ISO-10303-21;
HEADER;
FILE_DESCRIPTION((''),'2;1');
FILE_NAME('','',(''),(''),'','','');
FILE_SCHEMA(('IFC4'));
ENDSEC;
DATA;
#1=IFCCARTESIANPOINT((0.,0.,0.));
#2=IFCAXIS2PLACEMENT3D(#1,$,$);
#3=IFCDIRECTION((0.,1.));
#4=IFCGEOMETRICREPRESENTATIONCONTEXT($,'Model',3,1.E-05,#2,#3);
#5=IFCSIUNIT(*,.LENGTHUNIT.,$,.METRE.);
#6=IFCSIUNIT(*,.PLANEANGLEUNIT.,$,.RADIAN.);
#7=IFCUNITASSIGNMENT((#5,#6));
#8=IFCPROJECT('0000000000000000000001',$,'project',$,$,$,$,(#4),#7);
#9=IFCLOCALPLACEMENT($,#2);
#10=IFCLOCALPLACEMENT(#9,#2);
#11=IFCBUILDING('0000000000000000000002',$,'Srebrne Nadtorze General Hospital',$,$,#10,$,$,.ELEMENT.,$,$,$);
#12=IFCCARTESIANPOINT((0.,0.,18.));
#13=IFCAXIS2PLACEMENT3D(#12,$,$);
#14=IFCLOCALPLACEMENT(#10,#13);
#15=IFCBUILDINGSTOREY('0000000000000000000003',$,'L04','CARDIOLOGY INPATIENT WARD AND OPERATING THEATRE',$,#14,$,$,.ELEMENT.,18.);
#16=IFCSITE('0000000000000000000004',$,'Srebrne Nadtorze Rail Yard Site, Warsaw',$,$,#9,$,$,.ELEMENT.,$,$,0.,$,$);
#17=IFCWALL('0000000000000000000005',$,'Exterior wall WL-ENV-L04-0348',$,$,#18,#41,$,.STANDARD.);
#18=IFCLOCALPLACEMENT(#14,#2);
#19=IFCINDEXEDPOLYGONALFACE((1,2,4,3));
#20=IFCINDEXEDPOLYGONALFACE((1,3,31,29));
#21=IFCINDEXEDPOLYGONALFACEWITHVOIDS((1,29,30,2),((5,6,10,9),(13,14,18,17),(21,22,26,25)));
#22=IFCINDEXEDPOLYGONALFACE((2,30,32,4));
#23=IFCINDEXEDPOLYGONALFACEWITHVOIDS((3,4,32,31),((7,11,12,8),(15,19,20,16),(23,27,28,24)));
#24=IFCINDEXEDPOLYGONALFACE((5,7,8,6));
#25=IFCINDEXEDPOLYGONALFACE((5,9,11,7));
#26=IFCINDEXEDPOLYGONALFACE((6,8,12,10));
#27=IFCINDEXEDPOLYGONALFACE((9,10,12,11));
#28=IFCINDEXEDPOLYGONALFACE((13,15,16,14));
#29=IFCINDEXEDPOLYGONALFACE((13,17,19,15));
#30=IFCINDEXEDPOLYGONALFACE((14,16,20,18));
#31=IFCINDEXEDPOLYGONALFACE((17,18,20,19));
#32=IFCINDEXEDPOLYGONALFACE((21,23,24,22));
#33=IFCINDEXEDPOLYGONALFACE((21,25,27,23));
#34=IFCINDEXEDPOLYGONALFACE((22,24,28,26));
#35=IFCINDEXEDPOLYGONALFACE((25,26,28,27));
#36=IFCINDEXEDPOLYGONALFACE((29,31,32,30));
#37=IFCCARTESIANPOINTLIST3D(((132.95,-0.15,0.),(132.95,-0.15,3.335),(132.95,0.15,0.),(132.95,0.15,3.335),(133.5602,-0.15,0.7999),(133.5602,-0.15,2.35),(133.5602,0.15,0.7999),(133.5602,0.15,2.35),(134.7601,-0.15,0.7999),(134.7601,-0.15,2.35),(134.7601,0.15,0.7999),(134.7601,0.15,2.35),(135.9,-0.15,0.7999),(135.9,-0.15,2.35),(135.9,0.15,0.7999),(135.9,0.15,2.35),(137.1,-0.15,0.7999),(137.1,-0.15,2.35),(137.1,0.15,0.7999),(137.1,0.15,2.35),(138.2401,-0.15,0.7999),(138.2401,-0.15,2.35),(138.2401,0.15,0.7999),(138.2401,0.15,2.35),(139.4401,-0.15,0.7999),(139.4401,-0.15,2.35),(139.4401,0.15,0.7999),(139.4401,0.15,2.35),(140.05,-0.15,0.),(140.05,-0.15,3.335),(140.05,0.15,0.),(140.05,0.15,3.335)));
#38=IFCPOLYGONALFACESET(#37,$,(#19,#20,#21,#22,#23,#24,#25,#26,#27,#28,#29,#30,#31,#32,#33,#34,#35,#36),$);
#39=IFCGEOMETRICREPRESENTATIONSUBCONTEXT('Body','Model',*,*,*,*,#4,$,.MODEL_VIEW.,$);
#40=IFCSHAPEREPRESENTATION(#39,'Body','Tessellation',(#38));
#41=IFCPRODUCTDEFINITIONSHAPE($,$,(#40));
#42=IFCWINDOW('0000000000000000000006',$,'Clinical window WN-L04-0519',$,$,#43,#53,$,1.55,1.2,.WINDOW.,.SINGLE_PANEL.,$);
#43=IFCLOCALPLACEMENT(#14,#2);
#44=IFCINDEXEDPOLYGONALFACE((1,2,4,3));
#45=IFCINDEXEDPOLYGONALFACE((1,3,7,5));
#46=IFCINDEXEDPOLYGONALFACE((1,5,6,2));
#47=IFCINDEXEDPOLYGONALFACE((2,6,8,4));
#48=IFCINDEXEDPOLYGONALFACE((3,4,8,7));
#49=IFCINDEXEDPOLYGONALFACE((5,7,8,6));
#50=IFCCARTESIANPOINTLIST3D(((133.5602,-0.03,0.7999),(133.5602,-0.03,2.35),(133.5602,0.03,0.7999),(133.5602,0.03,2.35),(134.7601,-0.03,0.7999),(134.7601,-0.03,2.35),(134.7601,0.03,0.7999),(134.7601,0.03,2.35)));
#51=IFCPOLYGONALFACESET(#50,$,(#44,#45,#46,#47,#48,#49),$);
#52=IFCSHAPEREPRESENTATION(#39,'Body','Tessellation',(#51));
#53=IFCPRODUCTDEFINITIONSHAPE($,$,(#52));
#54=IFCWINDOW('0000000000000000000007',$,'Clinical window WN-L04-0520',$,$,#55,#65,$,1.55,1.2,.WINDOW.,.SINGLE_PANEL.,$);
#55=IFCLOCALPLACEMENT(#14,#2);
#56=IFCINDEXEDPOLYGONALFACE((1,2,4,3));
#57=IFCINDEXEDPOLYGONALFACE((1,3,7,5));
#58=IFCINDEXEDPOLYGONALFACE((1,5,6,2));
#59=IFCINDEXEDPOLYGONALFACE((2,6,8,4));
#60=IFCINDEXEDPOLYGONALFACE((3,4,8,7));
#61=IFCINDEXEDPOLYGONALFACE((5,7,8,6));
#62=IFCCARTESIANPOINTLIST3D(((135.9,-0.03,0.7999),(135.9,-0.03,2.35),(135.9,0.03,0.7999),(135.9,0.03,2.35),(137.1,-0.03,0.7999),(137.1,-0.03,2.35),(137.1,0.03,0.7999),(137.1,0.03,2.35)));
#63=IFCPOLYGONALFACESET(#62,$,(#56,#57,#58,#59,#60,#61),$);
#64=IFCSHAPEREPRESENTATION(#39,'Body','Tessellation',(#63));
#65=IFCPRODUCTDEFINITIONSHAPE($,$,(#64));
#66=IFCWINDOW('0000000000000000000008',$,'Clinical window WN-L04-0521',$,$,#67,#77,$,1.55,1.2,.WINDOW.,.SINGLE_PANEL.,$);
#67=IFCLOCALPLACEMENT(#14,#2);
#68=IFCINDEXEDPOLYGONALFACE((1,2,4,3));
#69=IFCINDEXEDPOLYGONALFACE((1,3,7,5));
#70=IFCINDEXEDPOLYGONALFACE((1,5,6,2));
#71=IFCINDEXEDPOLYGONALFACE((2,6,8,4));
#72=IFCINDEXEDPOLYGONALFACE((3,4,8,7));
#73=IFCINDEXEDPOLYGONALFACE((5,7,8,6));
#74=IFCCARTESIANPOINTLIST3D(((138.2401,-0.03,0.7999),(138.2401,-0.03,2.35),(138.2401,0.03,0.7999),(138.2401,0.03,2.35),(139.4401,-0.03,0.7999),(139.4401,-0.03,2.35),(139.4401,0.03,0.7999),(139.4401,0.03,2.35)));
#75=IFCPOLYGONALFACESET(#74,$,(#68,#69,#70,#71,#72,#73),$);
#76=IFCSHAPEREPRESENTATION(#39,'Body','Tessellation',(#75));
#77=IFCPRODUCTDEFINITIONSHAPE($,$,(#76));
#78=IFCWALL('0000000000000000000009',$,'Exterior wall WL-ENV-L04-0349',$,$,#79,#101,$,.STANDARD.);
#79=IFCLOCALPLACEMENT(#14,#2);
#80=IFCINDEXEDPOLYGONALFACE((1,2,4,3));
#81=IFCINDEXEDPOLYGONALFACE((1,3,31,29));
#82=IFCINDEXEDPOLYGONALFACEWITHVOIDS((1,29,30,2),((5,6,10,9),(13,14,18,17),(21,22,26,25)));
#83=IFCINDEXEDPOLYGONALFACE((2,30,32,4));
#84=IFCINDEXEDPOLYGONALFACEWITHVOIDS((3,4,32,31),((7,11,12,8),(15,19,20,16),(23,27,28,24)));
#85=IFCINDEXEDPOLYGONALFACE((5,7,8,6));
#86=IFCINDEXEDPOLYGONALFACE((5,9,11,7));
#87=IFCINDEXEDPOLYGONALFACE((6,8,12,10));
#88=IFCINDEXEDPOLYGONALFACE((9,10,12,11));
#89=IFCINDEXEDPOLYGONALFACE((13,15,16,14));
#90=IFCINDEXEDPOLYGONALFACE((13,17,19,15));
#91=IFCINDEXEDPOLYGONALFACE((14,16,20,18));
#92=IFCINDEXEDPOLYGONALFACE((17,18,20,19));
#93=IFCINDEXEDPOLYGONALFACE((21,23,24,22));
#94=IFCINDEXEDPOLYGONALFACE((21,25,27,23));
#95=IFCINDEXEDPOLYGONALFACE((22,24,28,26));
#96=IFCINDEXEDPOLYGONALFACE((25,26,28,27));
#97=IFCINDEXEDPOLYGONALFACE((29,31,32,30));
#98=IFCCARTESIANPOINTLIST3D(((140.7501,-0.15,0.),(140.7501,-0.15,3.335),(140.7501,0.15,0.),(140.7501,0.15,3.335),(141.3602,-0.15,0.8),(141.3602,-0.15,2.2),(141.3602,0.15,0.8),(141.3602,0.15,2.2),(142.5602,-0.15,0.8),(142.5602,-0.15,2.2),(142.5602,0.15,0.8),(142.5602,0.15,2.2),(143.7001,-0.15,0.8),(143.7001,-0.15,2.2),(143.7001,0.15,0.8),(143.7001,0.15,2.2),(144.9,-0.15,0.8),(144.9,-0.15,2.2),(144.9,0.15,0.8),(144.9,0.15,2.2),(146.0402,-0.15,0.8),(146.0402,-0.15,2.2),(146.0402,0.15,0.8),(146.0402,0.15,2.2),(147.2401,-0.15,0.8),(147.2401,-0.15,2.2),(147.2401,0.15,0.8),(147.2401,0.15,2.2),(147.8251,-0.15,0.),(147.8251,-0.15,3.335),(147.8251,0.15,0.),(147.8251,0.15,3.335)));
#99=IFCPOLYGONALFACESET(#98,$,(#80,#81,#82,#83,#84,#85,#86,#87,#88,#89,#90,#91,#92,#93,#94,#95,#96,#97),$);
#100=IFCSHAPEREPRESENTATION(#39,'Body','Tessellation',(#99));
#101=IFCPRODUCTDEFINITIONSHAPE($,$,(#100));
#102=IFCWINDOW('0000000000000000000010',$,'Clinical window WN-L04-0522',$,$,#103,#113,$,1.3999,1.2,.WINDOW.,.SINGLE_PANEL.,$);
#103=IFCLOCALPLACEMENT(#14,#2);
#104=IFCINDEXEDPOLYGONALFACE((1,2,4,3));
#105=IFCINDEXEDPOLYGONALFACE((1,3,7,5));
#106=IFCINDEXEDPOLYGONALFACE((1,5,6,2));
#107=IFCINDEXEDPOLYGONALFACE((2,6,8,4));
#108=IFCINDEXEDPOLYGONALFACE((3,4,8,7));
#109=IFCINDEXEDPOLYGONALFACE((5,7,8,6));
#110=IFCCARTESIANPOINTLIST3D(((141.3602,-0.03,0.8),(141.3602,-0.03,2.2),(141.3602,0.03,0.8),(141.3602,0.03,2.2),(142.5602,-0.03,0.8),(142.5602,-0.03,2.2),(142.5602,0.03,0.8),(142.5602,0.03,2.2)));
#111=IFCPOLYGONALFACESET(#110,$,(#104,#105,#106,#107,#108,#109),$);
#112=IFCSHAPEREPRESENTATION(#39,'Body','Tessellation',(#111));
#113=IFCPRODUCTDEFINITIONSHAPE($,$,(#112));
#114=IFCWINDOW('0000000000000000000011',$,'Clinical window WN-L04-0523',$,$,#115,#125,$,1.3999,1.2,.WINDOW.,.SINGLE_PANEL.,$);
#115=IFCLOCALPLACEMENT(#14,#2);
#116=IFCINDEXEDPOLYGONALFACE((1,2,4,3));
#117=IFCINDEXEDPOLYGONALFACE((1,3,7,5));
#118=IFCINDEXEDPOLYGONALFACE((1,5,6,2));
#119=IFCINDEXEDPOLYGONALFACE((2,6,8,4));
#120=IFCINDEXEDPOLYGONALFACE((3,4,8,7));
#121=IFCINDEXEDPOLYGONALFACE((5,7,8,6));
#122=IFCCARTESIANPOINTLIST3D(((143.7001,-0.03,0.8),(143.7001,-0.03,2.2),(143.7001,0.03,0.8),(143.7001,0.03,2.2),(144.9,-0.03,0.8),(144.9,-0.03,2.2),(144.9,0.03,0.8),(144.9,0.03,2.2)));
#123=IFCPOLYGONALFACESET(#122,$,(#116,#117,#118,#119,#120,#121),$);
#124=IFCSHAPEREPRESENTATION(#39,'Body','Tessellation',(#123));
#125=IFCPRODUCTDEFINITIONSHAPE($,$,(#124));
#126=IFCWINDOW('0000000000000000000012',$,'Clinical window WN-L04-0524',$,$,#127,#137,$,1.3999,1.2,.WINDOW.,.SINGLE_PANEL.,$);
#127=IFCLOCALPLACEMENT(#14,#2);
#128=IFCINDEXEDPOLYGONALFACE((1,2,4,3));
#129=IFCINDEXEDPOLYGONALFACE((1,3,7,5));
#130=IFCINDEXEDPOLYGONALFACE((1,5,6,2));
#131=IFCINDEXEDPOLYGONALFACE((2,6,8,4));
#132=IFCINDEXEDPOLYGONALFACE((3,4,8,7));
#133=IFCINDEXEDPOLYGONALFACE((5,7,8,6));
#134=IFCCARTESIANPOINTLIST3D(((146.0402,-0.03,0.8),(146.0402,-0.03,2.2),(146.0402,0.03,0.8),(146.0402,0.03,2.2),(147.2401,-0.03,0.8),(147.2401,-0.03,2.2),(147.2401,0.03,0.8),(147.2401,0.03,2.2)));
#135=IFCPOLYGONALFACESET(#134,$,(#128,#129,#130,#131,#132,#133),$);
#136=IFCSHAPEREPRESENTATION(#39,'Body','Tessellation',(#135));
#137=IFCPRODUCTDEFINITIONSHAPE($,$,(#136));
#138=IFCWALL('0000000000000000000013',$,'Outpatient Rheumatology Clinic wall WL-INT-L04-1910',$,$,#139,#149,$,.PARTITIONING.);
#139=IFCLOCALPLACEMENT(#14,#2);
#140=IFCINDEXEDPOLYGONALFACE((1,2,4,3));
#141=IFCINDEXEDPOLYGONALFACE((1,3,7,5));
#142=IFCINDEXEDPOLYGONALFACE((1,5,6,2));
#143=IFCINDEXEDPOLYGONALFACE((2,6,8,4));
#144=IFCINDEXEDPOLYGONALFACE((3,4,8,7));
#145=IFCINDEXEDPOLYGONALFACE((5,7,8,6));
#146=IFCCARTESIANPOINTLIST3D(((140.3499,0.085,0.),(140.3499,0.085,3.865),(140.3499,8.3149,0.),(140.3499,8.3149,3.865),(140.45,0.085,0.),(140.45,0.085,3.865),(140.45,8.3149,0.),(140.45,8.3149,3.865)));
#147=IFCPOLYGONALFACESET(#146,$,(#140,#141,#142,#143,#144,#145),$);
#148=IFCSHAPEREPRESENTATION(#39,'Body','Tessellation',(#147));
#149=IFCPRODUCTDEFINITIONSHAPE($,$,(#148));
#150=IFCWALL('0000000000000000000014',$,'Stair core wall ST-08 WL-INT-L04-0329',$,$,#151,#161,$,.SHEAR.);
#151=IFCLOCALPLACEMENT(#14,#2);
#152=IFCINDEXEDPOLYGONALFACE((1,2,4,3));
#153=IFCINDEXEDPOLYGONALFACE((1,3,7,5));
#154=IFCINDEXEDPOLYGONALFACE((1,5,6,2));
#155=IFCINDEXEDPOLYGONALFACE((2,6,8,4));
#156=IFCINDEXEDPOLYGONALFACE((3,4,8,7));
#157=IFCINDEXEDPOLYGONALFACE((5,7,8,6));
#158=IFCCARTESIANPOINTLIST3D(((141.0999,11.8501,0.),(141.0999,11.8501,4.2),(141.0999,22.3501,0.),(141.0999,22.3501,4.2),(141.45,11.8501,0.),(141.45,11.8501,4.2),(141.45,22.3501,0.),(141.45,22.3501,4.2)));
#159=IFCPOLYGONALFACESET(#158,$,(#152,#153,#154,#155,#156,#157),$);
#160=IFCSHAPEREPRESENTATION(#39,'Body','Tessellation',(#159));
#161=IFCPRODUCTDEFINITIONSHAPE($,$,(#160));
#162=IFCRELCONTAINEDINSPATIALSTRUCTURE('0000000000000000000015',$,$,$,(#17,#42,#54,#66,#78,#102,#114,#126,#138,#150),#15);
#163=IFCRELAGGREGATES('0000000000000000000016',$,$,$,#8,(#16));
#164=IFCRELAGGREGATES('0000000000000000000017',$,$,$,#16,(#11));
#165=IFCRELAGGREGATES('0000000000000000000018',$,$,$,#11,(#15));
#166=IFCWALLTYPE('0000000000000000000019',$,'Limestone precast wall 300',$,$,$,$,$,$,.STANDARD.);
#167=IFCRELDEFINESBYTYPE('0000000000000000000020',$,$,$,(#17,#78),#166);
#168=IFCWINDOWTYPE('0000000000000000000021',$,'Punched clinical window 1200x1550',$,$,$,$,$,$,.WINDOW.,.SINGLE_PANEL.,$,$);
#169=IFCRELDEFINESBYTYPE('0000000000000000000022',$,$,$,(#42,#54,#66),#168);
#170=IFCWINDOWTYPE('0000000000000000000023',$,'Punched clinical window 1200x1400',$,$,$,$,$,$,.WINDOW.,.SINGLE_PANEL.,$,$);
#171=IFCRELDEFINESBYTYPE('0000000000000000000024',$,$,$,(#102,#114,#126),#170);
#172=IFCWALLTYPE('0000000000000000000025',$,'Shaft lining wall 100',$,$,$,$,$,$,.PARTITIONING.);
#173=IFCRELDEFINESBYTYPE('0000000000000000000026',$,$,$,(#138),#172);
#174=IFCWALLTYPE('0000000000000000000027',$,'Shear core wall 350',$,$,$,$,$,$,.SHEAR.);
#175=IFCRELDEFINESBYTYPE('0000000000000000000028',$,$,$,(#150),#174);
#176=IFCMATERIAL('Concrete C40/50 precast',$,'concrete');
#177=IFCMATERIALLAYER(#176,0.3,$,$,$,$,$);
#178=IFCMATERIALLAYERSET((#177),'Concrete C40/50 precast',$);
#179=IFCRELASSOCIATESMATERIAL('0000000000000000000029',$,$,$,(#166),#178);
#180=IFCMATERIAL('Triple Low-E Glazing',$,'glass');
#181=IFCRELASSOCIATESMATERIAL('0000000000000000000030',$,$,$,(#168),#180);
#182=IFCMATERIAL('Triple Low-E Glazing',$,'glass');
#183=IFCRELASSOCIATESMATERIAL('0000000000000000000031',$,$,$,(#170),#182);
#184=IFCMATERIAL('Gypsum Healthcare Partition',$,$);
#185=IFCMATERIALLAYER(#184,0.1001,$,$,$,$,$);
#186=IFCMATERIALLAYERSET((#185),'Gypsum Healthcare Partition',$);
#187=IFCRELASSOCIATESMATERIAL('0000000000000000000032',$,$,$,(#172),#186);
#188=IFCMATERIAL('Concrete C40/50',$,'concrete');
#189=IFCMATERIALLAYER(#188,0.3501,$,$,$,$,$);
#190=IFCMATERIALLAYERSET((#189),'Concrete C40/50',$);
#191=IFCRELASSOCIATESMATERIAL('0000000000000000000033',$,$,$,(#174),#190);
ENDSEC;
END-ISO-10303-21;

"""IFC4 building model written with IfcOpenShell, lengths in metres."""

from ifc_helpers import new_model, si_unit, direction, frame, frame_2d, origin, place, context, subcontext, project, spatial, rectangle, extrude, material, layer, layer_set, type_object, element, fill, save


model = new_model("IFC4")

# Units and contexts
model_context = context("Model", 3, precision=1e-05, world=origin(), true_north=direction((0.0, 1.0)))
body_context = subcontext(model_context, "Body", "Model", "MODEL_VIEW")
ifc_project = project(units=[si_unit("LENGTHUNIT", "METRE"), si_unit("PLANEANGLEUNIT", "RADIAN")], contexts=[model_context])

# Site, building, storey
site_placement = place(None, origin())
site = spatial("IfcSite", under=ifc_project, at=site_placement, Name="Srebrne Nadtorze Rail Yard Site, Warsaw", CompositionType="ELEMENT", RefElevation=0.0)
building_placement = place(site_placement, origin())
building = spatial("IfcBuilding", under=site, at=building_placement, Name="Srebrne Nadtorze General Hospital", CompositionType="ELEMENT")
storey_placement = place(building_placement, frame((0.0, 0.0, 18.0)))
storey = spatial("IfcBuildingStorey", under=building, at=storey_placement, Name="L04", Description="CARDIOLOGY INPATIENT WARD AND OPERATING THEATRE", CompositionType="ELEMENT", Elevation=18.0)

# Walls, openings, windows
ifc_material_1 = material(Name="Concrete C40/50 precast", Category="concrete")
ifc_layer_1 = layer(ifc_material_1, 0.3)
ifc_layer_set_1 = layer_set([ifc_layer_1], Name="Concrete C40/50 precast")
wall_type_1 = type_object("IfcWallType", Name="Limestone precast wall 300", PredefinedType="STANDARD", material=ifc_layer_set_1)
wall_1_placement = place(storey_placement, frame((132.95, 0.0, 0.0), z_axis=(0.0, 0.0, 1.0), x_axis=(1.0, 0.0, 0.0)))
wall_1 = element("IfcWall", 1, at=wall_1_placement, inside=storey, type_object=wall_type_1, Name="Exterior wall WL-ENV-L04-0348", PredefinedType="STANDARD", context=body_context, shape_type="SweptSolid", body=[
    extrude(rectangle(XDim=7.1001, YDim=0.3, at=frame_2d((3.55, 0.0))), origin(), (0.0, 0.0, 1.0), 3.335),
])
opening_1_placement = place(wall_1_placement, frame((0.6101, 0.0, 0.8)))
opening_1 = element("IfcOpeningElement", 2, at=opening_1_placement, cuts=wall_1, PredefinedType="OPENING", context=body_context, shape_type="SweptSolid", body=[
    extrude(rectangle(XDim=1.2, YDim=1.55, at=frame_2d((0.6001, 0.7749))), frame((0.0, 0.1621, 0.0), z_axis=(0.0, -1.0, 0.0), x_axis=(1.0, 0.0, 0.0)), (0.0, 0.0, 1.0), 0.324),
])
opening_2_placement = place(wall_1_placement, frame((2.95, 0.0, 0.8)))
opening_2 = element("IfcOpeningElement", 3, at=opening_2_placement, cuts=wall_1, PredefinedType="OPENING", context=body_context, shape_type="SweptSolid", body=[
    extrude(rectangle(XDim=1.2, YDim=1.55, at=frame_2d((0.6001, 0.7749))), frame((0.0, 0.1621, 0.0), z_axis=(0.0, -1.0, 0.0), x_axis=(1.0, 0.0, 0.0)), (0.0, 0.0, 1.0), 0.324),
])
opening_3_placement = place(wall_1_placement, frame((5.29, 0.0, 0.8)))
opening_3 = element("IfcOpeningElement", 4, at=opening_3_placement, cuts=wall_1, PredefinedType="OPENING", context=body_context, shape_type="SweptSolid", body=[
    extrude(rectangle(XDim=1.2, YDim=1.55, at=frame_2d((0.6001, 0.7749))), frame((0.0, 0.1621, 0.0), z_axis=(0.0, -1.0, 0.0), x_axis=(1.0, 0.0, 0.0)), (0.0, 0.0, 1.0), 0.324),
])
ifc_material_2 = material(Name="Triple Low-E Glazing", Category="glass")
window_type_1 = type_object("IfcWindowType", Name="Punched clinical window 1200x1550", PartitioningType="SINGLE_PANEL", PredefinedType="WINDOW", material=ifc_material_2)
window_1_placement = place(opening_1_placement, origin())
window_1 = element("IfcWindow", 5, at=window_1_placement, inside=storey, type_object=window_type_1, Name="Clinical window WN-L04-0519", OverallHeight=1.55, OverallWidth=1.2, PartitioningType="SINGLE_PANEL", PredefinedType="WINDOW", context=body_context, shape_type="SweptSolid", body=[
    extrude(rectangle(XDim=1.2, YDim=1.55, at=frame_2d((0.6001, 0.7749))), frame((0.0, 0.03, 0.0), z_axis=(0.0, -1.0, 0.0), x_axis=(1.0, 0.0, 0.0)), (0.0, 0.0, 1.0), 0.0601),
])
fill(opening_1, window_1)
window_2_placement = place(opening_2_placement, origin())
window_2 = element("IfcWindow", 6, at=window_2_placement, inside=storey, type_object=window_type_1, Name="Clinical window WN-L04-0520", OverallHeight=1.55, OverallWidth=1.2, PartitioningType="SINGLE_PANEL", PredefinedType="WINDOW", context=body_context, shape_type="SweptSolid", body=[
    extrude(rectangle(XDim=1.2, YDim=1.55, at=frame_2d((0.6001, 0.7749))), frame((0.0, 0.03, 0.0), z_axis=(0.0, -1.0, 0.0), x_axis=(1.0, 0.0, 0.0)), (0.0, 0.0, 1.0), 0.0601),
])
fill(opening_2, window_2)
window_3_placement = place(opening_3_placement, origin())
window_3 = element("IfcWindow", 7, at=window_3_placement, inside=storey, type_object=window_type_1, Name="Clinical window WN-L04-0521", OverallHeight=1.55, OverallWidth=1.2, PartitioningType="SINGLE_PANEL", PredefinedType="WINDOW", context=body_context, shape_type="SweptSolid", body=[
    extrude(rectangle(XDim=1.2, YDim=1.55, at=frame_2d((0.6001, 0.7749))), frame((0.0, 0.03, 0.0), z_axis=(0.0, -1.0, 0.0), x_axis=(1.0, 0.0, 0.0)), (0.0, 0.0, 1.0), 0.0601),
])
fill(opening_3, window_3)
wall_2_placement = place(storey_placement, frame((140.75, 0.0, 0.0), z_axis=(0.0, 0.0, 1.0), x_axis=(1.0, 0.0, 0.0)))
wall_2 = element("IfcWall", 8, at=wall_2_placement, inside=storey, type_object=wall_type_1, Name="Exterior wall WL-ENV-L04-0349", PredefinedType="STANDARD", context=body_context, shape_type="SweptSolid", body=[
    extrude(rectangle(XDim=7.075, YDim=0.3, at=frame_2d((3.5376, 0.0))), origin(), (0.0, 0.0, 1.0), 3.335),
])
opening_4_placement = place(wall_2_placement, frame((0.6101, 0.0, 0.8)))
opening_4 = element("IfcOpeningElement", 9, at=opening_4_placement, cuts=wall_2, PredefinedType="OPENING", context=body_context, shape_type="SweptSolid", body=[
    extrude(rectangle(XDim=1.2, YDim=1.3999, at=frame_2d((0.6001, 0.7))), frame((0.0, 0.1621, 0.0), z_axis=(0.0, -1.0, 0.0), x_axis=(1.0, 0.0, 0.0)), (0.0, 0.0, 1.0), 0.324),
])
opening_5_placement = place(wall_2_placement, frame((2.95, 0.0, 0.8)))
opening_5 = element("IfcOpeningElement", 10, at=opening_5_placement, cuts=wall_2, PredefinedType="OPENING", context=body_context, shape_type="SweptSolid", body=[
    extrude(rectangle(XDim=1.2, YDim=1.3999, at=frame_2d((0.6001, 0.7))), frame((0.0, 0.1621, 0.0), z_axis=(0.0, -1.0, 0.0), x_axis=(1.0, 0.0, 0.0)), (0.0, 0.0, 1.0), 0.324),
])
opening_6_placement = place(wall_2_placement, frame((5.29, 0.0, 0.8)))
opening_6 = element("IfcOpeningElement", 11, at=opening_6_placement, cuts=wall_2, PredefinedType="OPENING", context=body_context, shape_type="SweptSolid", body=[
    extrude(rectangle(XDim=1.2, YDim=1.3999, at=frame_2d((0.6001, 0.7))), frame((0.0, 0.1621, 0.0), z_axis=(0.0, -1.0, 0.0), x_axis=(1.0, 0.0, 0.0)), (0.0, 0.0, 1.0), 0.324),
])
ifc_material_3 = material(Name="Triple Low-E Glazing", Category="glass")
window_type_2 = type_object("IfcWindowType", Name="Punched clinical window 1200x1400", PartitioningType="SINGLE_PANEL", PredefinedType="WINDOW", material=ifc_material_3)
window_4_placement = place(opening_4_placement, origin())
window_4 = element("IfcWindow", 12, at=window_4_placement, inside=storey, type_object=window_type_2, Name="Clinical window WN-L04-0522", OverallHeight=1.3999, OverallWidth=1.2, PartitioningType="SINGLE_PANEL", PredefinedType="WINDOW", context=body_context, shape_type="SweptSolid", body=[
    extrude(rectangle(XDim=1.2, YDim=1.3999, at=frame_2d((0.6001, 0.7))), frame((0.0, 0.03, 0.0), z_axis=(0.0, -1.0, 0.0), x_axis=(1.0, 0.0, 0.0)), (0.0, 0.0, 1.0), 0.0601),
])
fill(opening_4, window_4)
window_5_placement = place(opening_5_placement, origin())
window_5 = element("IfcWindow", 13, at=window_5_placement, inside=storey, type_object=window_type_2, Name="Clinical window WN-L04-0523", OverallHeight=1.3999, OverallWidth=1.2, PartitioningType="SINGLE_PANEL", PredefinedType="WINDOW", context=body_context, shape_type="SweptSolid", body=[
    extrude(rectangle(XDim=1.2, YDim=1.3999, at=frame_2d((0.6001, 0.7))), frame((0.0, 0.03, 0.0), z_axis=(0.0, -1.0, 0.0), x_axis=(1.0, 0.0, 0.0)), (0.0, 0.0, 1.0), 0.0601),
])
fill(opening_5, window_5)
window_6_placement = place(opening_6_placement, origin())
window_6 = element("IfcWindow", 14, at=window_6_placement, inside=storey, type_object=window_type_2, Name="Clinical window WN-L04-0524", OverallHeight=1.3999, OverallWidth=1.2, PartitioningType="SINGLE_PANEL", PredefinedType="WINDOW", context=body_context, shape_type="SweptSolid", body=[
    extrude(rectangle(XDim=1.2, YDim=1.3999, at=frame_2d((0.6001, 0.7))), frame((0.0, 0.03, 0.0), z_axis=(0.0, -1.0, 0.0), x_axis=(1.0, 0.0, 0.0)), (0.0, 0.0, 1.0), 0.0601),
])
fill(opening_6, window_6)

# Walls
ifc_material_4 = material(Name="Gypsum Healthcare Partition")
ifc_layer_2 = layer(ifc_material_4, 0.1001)
ifc_layer_set_2 = layer_set([ifc_layer_2], Name="Gypsum Healthcare Partition")
wall_type_2 = type_object("IfcWallType", Name="Shaft lining wall 100", PredefinedType="PARTITIONING", material=ifc_layer_set_2)
wall_3_placement = place(storey_placement, frame((140.3999, 0.085, 0.0), z_axis=(0.0, 0.0, 1.0), x_axis=(0.0, 1.0, 0.0)))
element("IfcWall", 15, at=wall_3_placement, inside=storey, type_object=wall_type_2, Name="Outpatient Rheumatology Clinic wall WL-INT-L04-1910", PredefinedType="PARTITIONING", context=body_context, shape_type="SweptSolid", body=[
    extrude(rectangle(XDim=8.23, YDim=0.1001, at=frame_2d((4.115, 0.0))), origin(), (0.0, 0.0, 1.0), 3.865),
])
ifc_material_5 = material(Name="Concrete C40/50", Category="concrete")
ifc_layer_3 = layer(ifc_material_5, 0.3501)
ifc_layer_set_3 = layer_set([ifc_layer_3], Name="Concrete C40/50")
wall_type_3 = type_object("IfcWallType", Name="Shear core wall 350", PredefinedType="SHEAR", material=ifc_layer_set_3)
wall_4_placement = place(storey_placement, frame((141.2749, 11.8501, 0.0), z_axis=(0.0, 0.0, 1.0), x_axis=(0.0, 1.0, 0.0)))
element("IfcWall", 16, at=wall_4_placement, inside=storey, type_object=wall_type_3, Name="Stair core wall ST-08 WL-INT-L04-0329", PredefinedType="SHEAR", context=body_context, shape_type="SweptSolid", body=[
    extrude(rectangle(XDim=10.5, YDim=0.3501, at=frame_2d((5.25, 0.0))), origin(), (0.0, 0.0, 1.0), 4.2),
])

save(model, "model.ifc")
